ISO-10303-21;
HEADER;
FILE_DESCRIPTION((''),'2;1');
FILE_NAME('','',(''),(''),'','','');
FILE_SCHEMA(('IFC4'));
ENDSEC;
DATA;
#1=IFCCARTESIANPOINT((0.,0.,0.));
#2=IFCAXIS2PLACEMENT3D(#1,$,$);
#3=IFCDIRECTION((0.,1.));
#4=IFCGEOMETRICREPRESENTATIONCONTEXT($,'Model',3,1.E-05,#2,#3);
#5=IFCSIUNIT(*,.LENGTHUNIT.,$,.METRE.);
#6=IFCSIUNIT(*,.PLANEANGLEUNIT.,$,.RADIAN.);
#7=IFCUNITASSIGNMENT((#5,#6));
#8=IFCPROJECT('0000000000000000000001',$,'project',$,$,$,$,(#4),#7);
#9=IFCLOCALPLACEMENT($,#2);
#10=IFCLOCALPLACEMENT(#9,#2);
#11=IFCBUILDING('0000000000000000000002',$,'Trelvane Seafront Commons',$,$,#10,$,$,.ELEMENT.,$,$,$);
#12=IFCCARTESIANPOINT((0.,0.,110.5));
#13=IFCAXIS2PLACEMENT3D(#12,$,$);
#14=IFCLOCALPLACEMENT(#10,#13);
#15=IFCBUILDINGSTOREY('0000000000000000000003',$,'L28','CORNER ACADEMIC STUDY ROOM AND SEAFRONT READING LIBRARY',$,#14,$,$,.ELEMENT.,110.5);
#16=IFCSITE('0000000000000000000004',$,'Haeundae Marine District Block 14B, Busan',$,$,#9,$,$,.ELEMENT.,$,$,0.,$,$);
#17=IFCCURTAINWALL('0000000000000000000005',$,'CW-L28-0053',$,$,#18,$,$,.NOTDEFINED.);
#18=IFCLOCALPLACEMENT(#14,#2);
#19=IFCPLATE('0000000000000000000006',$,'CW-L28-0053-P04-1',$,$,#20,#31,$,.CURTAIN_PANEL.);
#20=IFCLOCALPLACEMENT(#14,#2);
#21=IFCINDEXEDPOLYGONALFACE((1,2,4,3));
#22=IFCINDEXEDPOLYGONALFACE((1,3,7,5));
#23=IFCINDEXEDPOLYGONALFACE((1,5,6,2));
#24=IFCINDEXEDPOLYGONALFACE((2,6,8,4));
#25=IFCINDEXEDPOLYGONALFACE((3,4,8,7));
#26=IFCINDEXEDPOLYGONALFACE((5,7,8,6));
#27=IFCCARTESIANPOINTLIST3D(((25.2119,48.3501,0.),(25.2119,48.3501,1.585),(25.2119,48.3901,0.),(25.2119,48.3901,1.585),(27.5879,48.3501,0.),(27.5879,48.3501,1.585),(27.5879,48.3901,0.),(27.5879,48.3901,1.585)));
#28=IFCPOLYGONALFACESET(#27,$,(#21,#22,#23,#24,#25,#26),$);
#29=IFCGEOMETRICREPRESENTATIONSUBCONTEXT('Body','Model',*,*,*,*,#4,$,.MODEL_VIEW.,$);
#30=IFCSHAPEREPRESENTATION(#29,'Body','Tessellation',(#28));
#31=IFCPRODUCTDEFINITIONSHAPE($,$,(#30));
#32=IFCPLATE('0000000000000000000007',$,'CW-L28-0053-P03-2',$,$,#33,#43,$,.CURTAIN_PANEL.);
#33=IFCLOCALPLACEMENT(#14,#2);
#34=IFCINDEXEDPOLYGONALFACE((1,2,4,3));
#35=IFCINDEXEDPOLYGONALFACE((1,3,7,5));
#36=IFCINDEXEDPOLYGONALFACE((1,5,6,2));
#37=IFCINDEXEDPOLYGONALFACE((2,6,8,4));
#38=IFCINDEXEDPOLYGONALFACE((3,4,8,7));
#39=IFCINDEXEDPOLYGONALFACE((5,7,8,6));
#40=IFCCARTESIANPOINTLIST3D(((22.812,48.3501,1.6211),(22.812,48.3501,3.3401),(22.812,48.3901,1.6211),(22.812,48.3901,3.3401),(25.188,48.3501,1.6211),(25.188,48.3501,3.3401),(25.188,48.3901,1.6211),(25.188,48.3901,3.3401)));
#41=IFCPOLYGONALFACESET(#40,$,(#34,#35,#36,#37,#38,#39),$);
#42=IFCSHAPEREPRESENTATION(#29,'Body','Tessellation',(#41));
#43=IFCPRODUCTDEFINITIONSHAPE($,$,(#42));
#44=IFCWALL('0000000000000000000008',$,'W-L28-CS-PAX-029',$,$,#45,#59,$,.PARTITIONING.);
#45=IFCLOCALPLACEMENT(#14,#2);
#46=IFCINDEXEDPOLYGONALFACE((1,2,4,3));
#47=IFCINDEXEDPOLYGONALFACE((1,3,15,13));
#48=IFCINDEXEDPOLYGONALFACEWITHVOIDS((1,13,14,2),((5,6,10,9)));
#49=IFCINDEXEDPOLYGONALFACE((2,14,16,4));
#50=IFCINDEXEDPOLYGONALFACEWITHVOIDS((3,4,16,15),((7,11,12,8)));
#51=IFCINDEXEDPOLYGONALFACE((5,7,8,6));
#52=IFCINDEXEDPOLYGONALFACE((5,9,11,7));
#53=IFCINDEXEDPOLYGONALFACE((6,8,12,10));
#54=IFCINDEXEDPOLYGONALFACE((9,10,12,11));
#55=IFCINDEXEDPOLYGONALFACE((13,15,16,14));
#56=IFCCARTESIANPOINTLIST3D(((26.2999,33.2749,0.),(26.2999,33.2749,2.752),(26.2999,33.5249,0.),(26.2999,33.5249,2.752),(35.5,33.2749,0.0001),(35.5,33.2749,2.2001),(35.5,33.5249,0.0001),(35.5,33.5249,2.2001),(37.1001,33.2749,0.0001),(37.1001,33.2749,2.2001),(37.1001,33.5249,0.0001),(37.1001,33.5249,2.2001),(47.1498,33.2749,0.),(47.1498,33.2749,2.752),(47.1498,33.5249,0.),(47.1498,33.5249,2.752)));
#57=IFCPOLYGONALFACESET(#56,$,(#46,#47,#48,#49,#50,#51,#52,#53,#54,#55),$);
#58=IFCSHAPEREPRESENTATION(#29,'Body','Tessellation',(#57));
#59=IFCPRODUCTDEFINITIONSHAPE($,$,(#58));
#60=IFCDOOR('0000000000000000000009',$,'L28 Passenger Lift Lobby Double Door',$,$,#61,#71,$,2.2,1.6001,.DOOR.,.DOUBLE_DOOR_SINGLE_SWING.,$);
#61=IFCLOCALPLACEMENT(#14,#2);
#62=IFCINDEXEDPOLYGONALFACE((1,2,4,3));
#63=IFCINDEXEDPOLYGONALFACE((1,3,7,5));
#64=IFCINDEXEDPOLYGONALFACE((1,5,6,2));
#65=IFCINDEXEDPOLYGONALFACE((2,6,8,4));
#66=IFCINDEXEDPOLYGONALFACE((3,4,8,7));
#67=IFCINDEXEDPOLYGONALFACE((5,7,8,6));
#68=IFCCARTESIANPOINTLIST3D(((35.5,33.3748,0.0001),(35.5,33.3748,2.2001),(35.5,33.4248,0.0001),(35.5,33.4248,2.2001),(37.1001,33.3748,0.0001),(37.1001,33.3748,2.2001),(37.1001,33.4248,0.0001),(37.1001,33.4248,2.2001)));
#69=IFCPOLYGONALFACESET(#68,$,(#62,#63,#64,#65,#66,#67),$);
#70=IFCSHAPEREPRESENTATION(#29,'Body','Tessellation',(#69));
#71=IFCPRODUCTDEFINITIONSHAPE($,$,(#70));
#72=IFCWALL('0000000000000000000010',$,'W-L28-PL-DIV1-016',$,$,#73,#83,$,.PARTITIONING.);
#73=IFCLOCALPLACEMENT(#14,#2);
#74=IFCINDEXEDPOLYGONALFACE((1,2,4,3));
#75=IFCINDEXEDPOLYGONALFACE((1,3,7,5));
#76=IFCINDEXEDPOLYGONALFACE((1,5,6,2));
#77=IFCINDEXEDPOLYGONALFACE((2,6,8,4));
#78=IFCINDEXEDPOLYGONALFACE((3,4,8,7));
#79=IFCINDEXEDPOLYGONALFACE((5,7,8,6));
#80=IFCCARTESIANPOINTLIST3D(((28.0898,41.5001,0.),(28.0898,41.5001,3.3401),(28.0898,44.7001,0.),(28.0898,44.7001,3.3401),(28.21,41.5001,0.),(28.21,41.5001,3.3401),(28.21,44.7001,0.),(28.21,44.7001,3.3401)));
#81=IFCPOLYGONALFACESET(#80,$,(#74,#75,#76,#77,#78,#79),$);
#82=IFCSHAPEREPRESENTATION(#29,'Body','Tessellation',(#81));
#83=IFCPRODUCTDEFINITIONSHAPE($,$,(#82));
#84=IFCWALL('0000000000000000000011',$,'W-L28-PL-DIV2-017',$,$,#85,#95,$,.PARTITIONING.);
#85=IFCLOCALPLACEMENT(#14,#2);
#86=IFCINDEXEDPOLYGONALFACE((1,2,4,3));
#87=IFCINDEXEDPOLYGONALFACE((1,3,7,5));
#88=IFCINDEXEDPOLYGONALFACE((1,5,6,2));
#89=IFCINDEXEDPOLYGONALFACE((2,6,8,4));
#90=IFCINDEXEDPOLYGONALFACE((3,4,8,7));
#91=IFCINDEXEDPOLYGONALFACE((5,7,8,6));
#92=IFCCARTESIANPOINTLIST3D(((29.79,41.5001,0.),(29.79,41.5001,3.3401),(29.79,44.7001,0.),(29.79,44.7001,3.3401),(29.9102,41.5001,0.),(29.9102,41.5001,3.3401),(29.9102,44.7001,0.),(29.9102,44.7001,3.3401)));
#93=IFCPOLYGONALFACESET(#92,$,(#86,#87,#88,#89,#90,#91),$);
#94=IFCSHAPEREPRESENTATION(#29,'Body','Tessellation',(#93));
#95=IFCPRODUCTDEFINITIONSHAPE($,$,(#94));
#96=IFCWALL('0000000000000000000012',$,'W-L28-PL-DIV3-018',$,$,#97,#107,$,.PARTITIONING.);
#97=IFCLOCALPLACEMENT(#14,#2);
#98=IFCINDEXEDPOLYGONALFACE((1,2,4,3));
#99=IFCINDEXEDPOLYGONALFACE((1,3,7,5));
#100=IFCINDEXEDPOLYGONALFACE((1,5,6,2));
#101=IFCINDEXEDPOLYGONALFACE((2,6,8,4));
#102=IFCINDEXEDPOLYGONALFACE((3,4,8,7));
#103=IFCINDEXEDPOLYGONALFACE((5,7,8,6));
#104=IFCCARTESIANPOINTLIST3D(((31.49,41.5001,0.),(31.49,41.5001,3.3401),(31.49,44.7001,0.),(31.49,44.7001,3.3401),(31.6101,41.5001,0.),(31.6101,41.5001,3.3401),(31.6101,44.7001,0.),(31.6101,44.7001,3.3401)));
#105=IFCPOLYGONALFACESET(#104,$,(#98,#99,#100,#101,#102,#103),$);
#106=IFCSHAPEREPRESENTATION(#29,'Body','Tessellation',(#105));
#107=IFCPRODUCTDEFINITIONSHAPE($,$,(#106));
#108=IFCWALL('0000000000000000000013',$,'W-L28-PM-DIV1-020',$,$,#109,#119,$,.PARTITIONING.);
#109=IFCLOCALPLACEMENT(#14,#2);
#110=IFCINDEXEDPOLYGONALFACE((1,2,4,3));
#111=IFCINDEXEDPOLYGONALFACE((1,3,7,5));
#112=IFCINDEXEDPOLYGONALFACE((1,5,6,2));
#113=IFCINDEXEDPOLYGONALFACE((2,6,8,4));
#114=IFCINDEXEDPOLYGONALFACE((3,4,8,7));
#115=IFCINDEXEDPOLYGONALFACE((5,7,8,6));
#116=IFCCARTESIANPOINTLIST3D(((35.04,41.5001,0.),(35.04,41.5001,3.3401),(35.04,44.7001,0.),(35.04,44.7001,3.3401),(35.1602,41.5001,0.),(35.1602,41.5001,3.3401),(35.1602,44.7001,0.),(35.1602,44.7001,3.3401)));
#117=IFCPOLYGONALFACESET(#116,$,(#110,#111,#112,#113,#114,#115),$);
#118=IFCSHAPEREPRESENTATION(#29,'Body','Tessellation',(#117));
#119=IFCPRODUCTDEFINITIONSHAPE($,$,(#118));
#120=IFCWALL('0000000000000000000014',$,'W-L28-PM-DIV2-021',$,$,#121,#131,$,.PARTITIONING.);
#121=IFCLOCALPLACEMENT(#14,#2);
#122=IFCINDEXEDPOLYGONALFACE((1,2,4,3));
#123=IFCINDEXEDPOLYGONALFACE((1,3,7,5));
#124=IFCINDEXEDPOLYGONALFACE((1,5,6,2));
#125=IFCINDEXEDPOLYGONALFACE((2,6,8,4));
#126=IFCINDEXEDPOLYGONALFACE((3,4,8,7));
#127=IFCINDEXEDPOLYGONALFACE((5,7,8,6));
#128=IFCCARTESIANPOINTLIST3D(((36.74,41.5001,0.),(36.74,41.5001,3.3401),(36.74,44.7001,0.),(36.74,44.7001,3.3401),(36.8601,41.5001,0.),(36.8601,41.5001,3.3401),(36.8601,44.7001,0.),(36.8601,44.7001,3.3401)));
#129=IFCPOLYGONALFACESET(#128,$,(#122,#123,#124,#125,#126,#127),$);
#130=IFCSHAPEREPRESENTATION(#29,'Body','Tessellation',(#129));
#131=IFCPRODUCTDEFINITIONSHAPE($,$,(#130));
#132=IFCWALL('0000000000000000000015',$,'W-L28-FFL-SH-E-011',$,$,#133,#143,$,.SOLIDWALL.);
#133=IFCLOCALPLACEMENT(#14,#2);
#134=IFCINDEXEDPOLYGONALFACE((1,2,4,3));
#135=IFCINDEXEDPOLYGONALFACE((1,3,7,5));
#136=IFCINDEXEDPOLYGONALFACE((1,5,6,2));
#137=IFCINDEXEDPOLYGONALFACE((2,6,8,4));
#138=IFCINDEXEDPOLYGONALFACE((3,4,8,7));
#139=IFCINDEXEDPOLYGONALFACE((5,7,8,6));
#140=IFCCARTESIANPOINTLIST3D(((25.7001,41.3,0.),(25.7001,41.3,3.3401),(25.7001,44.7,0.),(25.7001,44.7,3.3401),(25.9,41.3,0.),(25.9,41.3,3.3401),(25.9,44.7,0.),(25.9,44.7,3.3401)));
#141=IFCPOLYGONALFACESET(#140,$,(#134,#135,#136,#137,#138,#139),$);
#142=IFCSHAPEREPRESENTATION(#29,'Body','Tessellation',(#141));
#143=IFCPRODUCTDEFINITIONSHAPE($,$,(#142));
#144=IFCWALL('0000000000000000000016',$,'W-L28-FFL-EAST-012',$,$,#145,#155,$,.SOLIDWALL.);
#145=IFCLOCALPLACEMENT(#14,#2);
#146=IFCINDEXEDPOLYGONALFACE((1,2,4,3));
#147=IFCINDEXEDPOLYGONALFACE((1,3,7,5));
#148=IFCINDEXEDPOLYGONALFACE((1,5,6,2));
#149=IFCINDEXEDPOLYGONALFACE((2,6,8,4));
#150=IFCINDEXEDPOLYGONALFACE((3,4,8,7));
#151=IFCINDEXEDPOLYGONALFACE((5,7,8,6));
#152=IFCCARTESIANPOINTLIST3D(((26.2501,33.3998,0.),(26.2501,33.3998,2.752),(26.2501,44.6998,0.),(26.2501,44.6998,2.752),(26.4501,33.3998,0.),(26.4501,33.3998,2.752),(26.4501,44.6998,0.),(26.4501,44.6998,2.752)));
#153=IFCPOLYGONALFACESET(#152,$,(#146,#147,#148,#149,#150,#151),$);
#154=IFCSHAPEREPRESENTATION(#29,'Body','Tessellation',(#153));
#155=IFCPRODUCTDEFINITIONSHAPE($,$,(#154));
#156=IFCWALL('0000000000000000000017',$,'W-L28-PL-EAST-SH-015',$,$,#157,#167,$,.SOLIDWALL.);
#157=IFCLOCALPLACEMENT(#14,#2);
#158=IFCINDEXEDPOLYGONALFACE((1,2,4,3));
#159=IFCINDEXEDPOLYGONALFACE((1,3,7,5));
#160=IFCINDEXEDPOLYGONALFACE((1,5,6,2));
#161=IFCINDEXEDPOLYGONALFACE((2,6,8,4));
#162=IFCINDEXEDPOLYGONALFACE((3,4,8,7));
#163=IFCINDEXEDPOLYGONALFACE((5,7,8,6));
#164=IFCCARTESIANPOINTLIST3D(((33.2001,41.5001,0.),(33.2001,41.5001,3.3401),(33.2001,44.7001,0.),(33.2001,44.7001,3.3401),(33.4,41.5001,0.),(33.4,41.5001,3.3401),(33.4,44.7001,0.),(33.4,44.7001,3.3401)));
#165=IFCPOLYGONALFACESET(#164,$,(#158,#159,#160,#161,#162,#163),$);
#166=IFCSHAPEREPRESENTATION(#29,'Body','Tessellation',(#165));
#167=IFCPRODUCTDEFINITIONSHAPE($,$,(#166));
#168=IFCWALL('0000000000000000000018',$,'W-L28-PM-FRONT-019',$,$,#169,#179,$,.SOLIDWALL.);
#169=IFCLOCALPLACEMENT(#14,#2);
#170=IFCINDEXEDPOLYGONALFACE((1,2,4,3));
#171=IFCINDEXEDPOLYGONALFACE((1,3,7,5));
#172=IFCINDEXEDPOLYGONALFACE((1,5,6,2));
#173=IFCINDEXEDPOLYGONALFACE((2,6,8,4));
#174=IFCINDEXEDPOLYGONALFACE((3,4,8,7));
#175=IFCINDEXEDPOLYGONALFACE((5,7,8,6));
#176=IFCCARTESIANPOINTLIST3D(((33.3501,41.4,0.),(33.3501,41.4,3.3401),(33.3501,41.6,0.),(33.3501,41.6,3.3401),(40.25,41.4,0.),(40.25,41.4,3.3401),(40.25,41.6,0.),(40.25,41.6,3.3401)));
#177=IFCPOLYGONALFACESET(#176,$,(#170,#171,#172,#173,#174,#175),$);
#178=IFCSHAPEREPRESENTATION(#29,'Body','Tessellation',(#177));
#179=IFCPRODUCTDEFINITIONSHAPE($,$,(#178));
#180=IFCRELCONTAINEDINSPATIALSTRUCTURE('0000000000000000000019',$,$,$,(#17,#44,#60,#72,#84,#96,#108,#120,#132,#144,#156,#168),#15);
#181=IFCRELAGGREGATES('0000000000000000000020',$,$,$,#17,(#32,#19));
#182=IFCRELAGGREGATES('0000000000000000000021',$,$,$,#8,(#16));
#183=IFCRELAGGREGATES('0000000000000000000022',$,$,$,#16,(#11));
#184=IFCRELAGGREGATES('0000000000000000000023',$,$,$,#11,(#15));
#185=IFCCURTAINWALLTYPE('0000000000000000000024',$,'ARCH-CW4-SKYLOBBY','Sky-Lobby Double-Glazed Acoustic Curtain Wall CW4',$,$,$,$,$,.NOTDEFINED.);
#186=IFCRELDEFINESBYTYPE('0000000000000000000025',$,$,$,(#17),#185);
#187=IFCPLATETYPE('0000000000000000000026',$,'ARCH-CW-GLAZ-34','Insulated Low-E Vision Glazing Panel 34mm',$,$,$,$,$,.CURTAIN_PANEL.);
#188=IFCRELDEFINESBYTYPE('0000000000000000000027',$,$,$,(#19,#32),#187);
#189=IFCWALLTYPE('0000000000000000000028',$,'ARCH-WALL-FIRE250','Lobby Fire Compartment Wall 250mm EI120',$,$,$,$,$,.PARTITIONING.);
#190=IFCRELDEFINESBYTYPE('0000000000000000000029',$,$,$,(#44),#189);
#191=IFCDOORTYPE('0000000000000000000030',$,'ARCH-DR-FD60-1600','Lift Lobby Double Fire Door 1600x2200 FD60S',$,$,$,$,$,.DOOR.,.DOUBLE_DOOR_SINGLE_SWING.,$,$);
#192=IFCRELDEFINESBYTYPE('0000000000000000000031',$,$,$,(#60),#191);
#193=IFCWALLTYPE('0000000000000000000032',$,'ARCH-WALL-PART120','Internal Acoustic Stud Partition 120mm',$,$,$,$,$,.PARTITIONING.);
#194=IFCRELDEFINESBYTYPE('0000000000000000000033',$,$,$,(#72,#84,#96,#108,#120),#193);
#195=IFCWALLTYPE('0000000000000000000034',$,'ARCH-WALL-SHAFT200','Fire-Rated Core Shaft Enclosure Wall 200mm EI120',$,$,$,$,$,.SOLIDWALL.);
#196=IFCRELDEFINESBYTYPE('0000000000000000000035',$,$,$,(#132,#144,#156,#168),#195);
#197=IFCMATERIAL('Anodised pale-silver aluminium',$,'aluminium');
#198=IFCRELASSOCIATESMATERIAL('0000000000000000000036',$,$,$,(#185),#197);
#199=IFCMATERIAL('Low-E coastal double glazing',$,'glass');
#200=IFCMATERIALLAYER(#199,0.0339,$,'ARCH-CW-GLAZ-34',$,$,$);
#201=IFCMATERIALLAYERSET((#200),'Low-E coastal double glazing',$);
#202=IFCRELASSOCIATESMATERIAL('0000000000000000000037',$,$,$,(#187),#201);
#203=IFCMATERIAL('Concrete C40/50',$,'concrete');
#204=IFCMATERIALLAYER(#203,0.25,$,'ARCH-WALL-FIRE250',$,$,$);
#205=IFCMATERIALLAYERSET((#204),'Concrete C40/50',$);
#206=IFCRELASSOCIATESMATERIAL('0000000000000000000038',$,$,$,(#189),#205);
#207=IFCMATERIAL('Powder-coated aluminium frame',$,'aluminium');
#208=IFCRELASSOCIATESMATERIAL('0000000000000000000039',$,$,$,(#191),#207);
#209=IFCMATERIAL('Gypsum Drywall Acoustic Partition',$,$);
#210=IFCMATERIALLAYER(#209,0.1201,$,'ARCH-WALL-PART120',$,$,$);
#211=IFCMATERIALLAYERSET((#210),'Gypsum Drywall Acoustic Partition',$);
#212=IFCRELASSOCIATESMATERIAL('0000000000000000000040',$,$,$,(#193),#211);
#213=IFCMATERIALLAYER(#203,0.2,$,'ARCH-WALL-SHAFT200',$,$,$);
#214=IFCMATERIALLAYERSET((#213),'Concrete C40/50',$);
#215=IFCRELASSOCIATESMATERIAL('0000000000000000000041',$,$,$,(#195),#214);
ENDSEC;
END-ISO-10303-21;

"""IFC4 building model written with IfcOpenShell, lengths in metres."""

from ifc_helpers import new_model, si_unit, direction, frame, frame_2d, origin, origin_2d, place, context, subcontext, project, spatial, rectangle, extrude, source, transform, mapped, material, layer, layer_set, type_object, element, fill, aggregate, save


model = new_model("IFC4")

# Units and contexts
model_context = context("Model", 3, precision=1e-05, world=origin(), true_north=direction((0.0, 1.0)))
body_context = subcontext(model_context, "Body", "Model", "MODEL_VIEW")
ifc_project = project(units=[si_unit("LENGTHUNIT", "METRE"), si_unit("PLANEANGLEUNIT", "RADIAN")], contexts=[model_context])

# Site, building, storey
site_placement = place(None, origin())
site = spatial("IfcSite", under=ifc_project, at=site_placement, Name="Haeundae Marine District Block 14B, Busan", CompositionType="ELEMENT", RefElevation=0.0)
building_placement = place(site_placement, origin())
building = spatial("IfcBuilding", under=site, at=building_placement, Name="Trelvane Seafront Commons", CompositionType="ELEMENT")
storey_placement = place(building_placement, frame((0.0, 0.0, 110.5)))
storey = spatial("IfcBuildingStorey", under=building, at=storey_placement, Name="L28", Description="CORNER ACADEMIC STUDY ROOM AND SEAFRONT READING LIBRARY", CompositionType="ELEMENT", Elevation=110.5)

# Curtain wall, plates
ifc_material_1 = material(Name="Anodised pale-silver aluminium", Category="aluminium")
curtain_wall_type = type_object("IfcCurtainWallType", Name="ARCH-CW4-SKYLOBBY", Description="Sky-Lobby Double-Glazed Acoustic Curtain Wall CW4", PredefinedType="NOTDEFINED", material=ifc_material_1)
curtain_wall_placement = place(storey_placement, origin())
curtain_wall = element("IfcCurtainWall", 1, at=curtain_wall_placement, inside=storey, type_object=curtain_wall_type, Name="CW-L28-0053", PredefinedType="NOTDEFINED")
ifc_material_2 = material(Name="Low-E coastal double glazing", Category="glass")
ifc_layer_1 = layer(ifc_material_2, 0.0339, Name="ARCH-CW-GLAZ-34")
ifc_layer_set_1 = layer_set([ifc_layer_1], Name="Low-E coastal double glazing")
plate_type = type_object("IfcPlateType", Name="ARCH-CW-GLAZ-34", Description="Insulated Low-E Vision Glazing Panel 34mm", PredefinedType="CURTAIN_PANEL", material=ifc_layer_set_1)
shared_shape_1 = source(origin(), body_context, "Body", "SweptSolid", [
    extrude(rectangle(XDim=2.376, YDim=0.04, at=origin_2d()), origin(), (0.0, 0.0, 1.0), 1.585),
])
plate_1_placement = place(storey_placement, frame((26.3999, 48.3701, 0.0), z_axis=(0.0, 0.0, 1.0), x_axis=(1.0, 0.0, 0.0)))
plate_1 = element("IfcPlate", 2, at=plate_1_placement, type_object=plate_type, Name="CW-L28-0053-P04-1", PredefinedType="CURTAIN_PANEL", context=body_context, shape_type="MappedRepresentation", body=[
    mapped(shared_shape_1, transform((0.0, 0.0, 0.0), x_axis=(1.0, 0.0, 0.0), y_axis=(0.0, 1.0, 0.0), z_axis=(0.0, 0.0, 1.0), scale=1.0)),
])
shared_shape_2 = source(origin(), body_context, "Body", "SweptSolid", [
    extrude(rectangle(XDim=2.376, YDim=0.04, at=origin_2d()), origin(), (0.0, 0.0, 1.0), 1.719),
])
plate_2_placement = place(storey_placement, frame((24.0, 48.3701, 1.6211), z_axis=(0.0, 0.0, 1.0), x_axis=(1.0, 0.0, 0.0)))
plate_2 = element("IfcPlate", 3, at=plate_2_placement, type_object=plate_type, Name="CW-L28-0053-P03-2", PredefinedType="CURTAIN_PANEL", context=body_context, shape_type="MappedRepresentation", body=[
    mapped(shared_shape_2, transform((0.0, 0.0, 0.0), x_axis=(1.0, 0.0, 0.0), y_axis=(0.0, 1.0, 0.0), z_axis=(0.0, 0.0, 1.0), scale=1.0)),
])
aggregate(curtain_wall, [plate_2, plate_1])

# Wall, opening, door
ifc_material_3 = material(Name="Concrete C40/50", Category="concrete")
ifc_layer_2 = layer(ifc_material_3, 0.25, Name="ARCH-WALL-FIRE250")
ifc_layer_set_2 = layer_set([ifc_layer_2], Name="Concrete C40/50")
wall_type_1 = type_object("IfcWallType", Name="ARCH-WALL-FIRE250", Description="Lobby Fire Compartment Wall 250mm EI120", PredefinedType="PARTITIONING", material=ifc_layer_set_2)
wall_1_placement = place(storey_placement, frame((26.3, 33.3999, 0.0), z_axis=(0.0, 0.0, 1.0), x_axis=(1.0, 0.0, 0.0)))
wall_1 = element("IfcWall", 4, at=wall_1_placement, inside=storey, type_object=wall_type_1, Name="W-L28-CS-PAX-029", PredefinedType="PARTITIONING", context=body_context, shape_type="SweptSolid", body=[
    extrude(rectangle(XDim=20.8499, YDim=0.25, at=frame_2d((10.4248, 0.0))), origin(), (0.0, 0.0, 1.0), 2.752),
])
opening_1_placement = place(wall_1_placement, frame((9.2, 0.0, 0.0)))
opening_1 = element("IfcOpeningElement", 5, at=opening_1_placement, cuts=wall_1, PredefinedType="OPENING", context=body_context, shape_type="SweptSolid", body=[
    extrude(rectangle(XDim=1.6001, YDim=2.2, at=frame_2d((0.8, 1.1001))), frame((0.0, 0.135, 0.0), z_axis=(0.0, -1.0, 0.0), x_axis=(1.0, 0.0, 0.0)), (0.0, 0.0, 1.0), 0.27),
])
ifc_material_4 = material(Name="Powder-coated aluminium frame", Category="aluminium")
door_type_1 = type_object("IfcDoorType", Name="ARCH-DR-FD60-1600", Description="Lift Lobby Double Fire Door 1600x2200 FD60S", OperationType="DOUBLE_DOOR_SINGLE_SWING", PredefinedType="DOOR", material=ifc_material_4)
shared_shape_3 = source(origin(), body_context, "Body", "SweptSolid", [
    extrude(rectangle(XDim=1.6001, YDim=2.2, at=frame_2d((0.8, 1.1001))), frame((0.0, 0.0249, 0.0), z_axis=(0.0, -1.0, 0.0), x_axis=(1.0, 0.0, 0.0)), (0.0, 0.0, 1.0), 0.05),
])
door_1_placement = place(opening_1_placement, origin())
door_1 = element("IfcDoor", 6, at=door_1_placement, inside=storey, type_object=door_type_1, Name="L28 Passenger Lift Lobby Double Door", OperationType="DOUBLE_DOOR_SINGLE_SWING", OverallHeight=2.2, OverallWidth=1.6001, PredefinedType="DOOR", context=body_context, shape_type="MappedRepresentation", body=[
    mapped(shared_shape_3, transform((0.0, 0.0, 0.0), x_axis=(1.0, 0.0, 0.0), y_axis=(0.0, 1.0, 0.0), z_axis=(0.0, 0.0, 1.0), scale=1.0)),
])
fill(opening_1, door_1)

# Walls
ifc_material_5 = material(Name="Gypsum Drywall Acoustic Partition")
ifc_layer_3 = layer(ifc_material_5, 0.1201, Name="ARCH-WALL-PART120")
ifc_layer_set_3 = layer_set([ifc_layer_3], Name="Gypsum Drywall Acoustic Partition")
wall_type_2 = type_object("IfcWallType", Name="ARCH-WALL-PART120", Description="Internal Acoustic Stud Partition 120mm", PredefinedType="PARTITIONING", material=ifc_layer_set_3)
for number, where, z_axis, x_axis, name in (
    (7, (28.1499, 41.5, 0.0), (0.0, 0.0, 1.0), (0.0, 1.0, 0.0), "W-L28-PL-DIV1-016"),
    (8, (29.8501, 41.5, 0.0), (0.0, 0.0, 1.0), (0.0, 1.0, 0.0), "W-L28-PL-DIV2-017"),
    (9, (31.55, 41.5, 0.0), (0.0, 0.0, 1.0), (0.0, 1.0, 0.0), "W-L28-PL-DIV3-018"),
    (10, (35.1001, 41.5, 0.0), (0.0, 0.0, 1.0), (0.0, 1.0, 0.0), "W-L28-PM-DIV1-020"),
    (11, (36.8, 41.5, 0.0), (0.0, 0.0, 1.0), (0.0, 1.0, 0.0), "W-L28-PM-DIV2-021"),
):
    element("IfcWall", number, at=place(storey_placement, frame(where, z_axis=z_axis, x_axis=x_axis)), inside=storey, type_object=wall_type_2, Name=name, PredefinedType="PARTITIONING", context=body_context, shape_type="SweptSolid", body=[
        extrude(rectangle(XDim=3.2, YDim=0.1201, at=frame_2d((1.6001, 0.0))), origin(), (0.0, 0.0, 1.0), 3.3401),
    ])
ifc_layer_4 = layer(ifc_material_3, 0.2, Name="ARCH-WALL-SHAFT200")
ifc_layer_set_4 = layer_set([ifc_layer_4], Name="Concrete C40/50")
wall_type_3 = type_object("IfcWallType", Name="ARCH-WALL-SHAFT200", Description="Fire-Rated Core Shaft Enclosure Wall 200mm EI120", PredefinedType="SOLIDWALL", material=ifc_layer_set_4)
wall_2_placement = place(storey_placement, frame((25.8, 41.3, 0.0), z_axis=(0.0, 0.0, 1.0), x_axis=(0.0, 1.0, 0.0)))
element("IfcWall", 12, at=wall_2_placement, inside=storey, type_object=wall_type_3, Name="W-L28-FFL-SH-E-011", PredefinedType="SOLIDWALL", context=body_context, shape_type="SweptSolid", body=[
    extrude(rectangle(XDim=3.3999, YDim=0.2, at=frame_2d((1.7, 0.0))), origin(), (0.0, 0.0, 1.0), 3.3401),
])
wall_3_placement = place(storey_placement, frame((26.3501, 33.3999, 0.0), z_axis=(0.0, 0.0, 1.0), x_axis=(0.0, 1.0, 0.0)))
element("IfcWall", 13, at=wall_3_placement, inside=storey, type_object=wall_type_3, Name="W-L28-FFL-EAST-012", PredefinedType="SOLIDWALL", context=body_context, shape_type="SweptSolid", body=[
    extrude(rectangle(XDim=11.3, YDim=0.2, at=frame_2d((5.6499, 0.0))), origin(), (0.0, 0.0, 1.0), 2.752),
])

# Walls
wall_4_placement = place(storey_placement, frame((33.3, 41.5, 0.0), z_axis=(0.0, 0.0, 1.0), x_axis=(0.0, 1.0, 0.0)))
element("IfcWall", 14, at=wall_4_placement, inside=storey, type_object=wall_type_3, Name="W-L28-PL-EAST-SH-015", PredefinedType="SOLIDWALL", context=body_context, shape_type="SweptSolid", body=[
    extrude(rectangle(XDim=3.2, YDim=0.2, at=frame_2d((1.6001, 0.0))), origin(), (0.0, 0.0, 1.0), 3.3401),
])
wall_5_placement = place(storey_placement, frame((33.3501, 41.5, 0.0), z_axis=(0.0, 0.0, 1.0), x_axis=(1.0, 0.0, 0.0)))
element("IfcWall", 15, at=wall_5_placement, inside=storey, type_object=wall_type_3, Name="W-L28-PM-FRONT-019", PredefinedType="SOLIDWALL", context=body_context, shape_type="SweptSolid", body=[
    extrude(rectangle(XDim=6.8999, YDim=0.2, at=frame_2d((3.45, 0.0))), origin(), (0.0, 0.0, 1.0), 3.3401),
])

save(model, "model.ifc")
